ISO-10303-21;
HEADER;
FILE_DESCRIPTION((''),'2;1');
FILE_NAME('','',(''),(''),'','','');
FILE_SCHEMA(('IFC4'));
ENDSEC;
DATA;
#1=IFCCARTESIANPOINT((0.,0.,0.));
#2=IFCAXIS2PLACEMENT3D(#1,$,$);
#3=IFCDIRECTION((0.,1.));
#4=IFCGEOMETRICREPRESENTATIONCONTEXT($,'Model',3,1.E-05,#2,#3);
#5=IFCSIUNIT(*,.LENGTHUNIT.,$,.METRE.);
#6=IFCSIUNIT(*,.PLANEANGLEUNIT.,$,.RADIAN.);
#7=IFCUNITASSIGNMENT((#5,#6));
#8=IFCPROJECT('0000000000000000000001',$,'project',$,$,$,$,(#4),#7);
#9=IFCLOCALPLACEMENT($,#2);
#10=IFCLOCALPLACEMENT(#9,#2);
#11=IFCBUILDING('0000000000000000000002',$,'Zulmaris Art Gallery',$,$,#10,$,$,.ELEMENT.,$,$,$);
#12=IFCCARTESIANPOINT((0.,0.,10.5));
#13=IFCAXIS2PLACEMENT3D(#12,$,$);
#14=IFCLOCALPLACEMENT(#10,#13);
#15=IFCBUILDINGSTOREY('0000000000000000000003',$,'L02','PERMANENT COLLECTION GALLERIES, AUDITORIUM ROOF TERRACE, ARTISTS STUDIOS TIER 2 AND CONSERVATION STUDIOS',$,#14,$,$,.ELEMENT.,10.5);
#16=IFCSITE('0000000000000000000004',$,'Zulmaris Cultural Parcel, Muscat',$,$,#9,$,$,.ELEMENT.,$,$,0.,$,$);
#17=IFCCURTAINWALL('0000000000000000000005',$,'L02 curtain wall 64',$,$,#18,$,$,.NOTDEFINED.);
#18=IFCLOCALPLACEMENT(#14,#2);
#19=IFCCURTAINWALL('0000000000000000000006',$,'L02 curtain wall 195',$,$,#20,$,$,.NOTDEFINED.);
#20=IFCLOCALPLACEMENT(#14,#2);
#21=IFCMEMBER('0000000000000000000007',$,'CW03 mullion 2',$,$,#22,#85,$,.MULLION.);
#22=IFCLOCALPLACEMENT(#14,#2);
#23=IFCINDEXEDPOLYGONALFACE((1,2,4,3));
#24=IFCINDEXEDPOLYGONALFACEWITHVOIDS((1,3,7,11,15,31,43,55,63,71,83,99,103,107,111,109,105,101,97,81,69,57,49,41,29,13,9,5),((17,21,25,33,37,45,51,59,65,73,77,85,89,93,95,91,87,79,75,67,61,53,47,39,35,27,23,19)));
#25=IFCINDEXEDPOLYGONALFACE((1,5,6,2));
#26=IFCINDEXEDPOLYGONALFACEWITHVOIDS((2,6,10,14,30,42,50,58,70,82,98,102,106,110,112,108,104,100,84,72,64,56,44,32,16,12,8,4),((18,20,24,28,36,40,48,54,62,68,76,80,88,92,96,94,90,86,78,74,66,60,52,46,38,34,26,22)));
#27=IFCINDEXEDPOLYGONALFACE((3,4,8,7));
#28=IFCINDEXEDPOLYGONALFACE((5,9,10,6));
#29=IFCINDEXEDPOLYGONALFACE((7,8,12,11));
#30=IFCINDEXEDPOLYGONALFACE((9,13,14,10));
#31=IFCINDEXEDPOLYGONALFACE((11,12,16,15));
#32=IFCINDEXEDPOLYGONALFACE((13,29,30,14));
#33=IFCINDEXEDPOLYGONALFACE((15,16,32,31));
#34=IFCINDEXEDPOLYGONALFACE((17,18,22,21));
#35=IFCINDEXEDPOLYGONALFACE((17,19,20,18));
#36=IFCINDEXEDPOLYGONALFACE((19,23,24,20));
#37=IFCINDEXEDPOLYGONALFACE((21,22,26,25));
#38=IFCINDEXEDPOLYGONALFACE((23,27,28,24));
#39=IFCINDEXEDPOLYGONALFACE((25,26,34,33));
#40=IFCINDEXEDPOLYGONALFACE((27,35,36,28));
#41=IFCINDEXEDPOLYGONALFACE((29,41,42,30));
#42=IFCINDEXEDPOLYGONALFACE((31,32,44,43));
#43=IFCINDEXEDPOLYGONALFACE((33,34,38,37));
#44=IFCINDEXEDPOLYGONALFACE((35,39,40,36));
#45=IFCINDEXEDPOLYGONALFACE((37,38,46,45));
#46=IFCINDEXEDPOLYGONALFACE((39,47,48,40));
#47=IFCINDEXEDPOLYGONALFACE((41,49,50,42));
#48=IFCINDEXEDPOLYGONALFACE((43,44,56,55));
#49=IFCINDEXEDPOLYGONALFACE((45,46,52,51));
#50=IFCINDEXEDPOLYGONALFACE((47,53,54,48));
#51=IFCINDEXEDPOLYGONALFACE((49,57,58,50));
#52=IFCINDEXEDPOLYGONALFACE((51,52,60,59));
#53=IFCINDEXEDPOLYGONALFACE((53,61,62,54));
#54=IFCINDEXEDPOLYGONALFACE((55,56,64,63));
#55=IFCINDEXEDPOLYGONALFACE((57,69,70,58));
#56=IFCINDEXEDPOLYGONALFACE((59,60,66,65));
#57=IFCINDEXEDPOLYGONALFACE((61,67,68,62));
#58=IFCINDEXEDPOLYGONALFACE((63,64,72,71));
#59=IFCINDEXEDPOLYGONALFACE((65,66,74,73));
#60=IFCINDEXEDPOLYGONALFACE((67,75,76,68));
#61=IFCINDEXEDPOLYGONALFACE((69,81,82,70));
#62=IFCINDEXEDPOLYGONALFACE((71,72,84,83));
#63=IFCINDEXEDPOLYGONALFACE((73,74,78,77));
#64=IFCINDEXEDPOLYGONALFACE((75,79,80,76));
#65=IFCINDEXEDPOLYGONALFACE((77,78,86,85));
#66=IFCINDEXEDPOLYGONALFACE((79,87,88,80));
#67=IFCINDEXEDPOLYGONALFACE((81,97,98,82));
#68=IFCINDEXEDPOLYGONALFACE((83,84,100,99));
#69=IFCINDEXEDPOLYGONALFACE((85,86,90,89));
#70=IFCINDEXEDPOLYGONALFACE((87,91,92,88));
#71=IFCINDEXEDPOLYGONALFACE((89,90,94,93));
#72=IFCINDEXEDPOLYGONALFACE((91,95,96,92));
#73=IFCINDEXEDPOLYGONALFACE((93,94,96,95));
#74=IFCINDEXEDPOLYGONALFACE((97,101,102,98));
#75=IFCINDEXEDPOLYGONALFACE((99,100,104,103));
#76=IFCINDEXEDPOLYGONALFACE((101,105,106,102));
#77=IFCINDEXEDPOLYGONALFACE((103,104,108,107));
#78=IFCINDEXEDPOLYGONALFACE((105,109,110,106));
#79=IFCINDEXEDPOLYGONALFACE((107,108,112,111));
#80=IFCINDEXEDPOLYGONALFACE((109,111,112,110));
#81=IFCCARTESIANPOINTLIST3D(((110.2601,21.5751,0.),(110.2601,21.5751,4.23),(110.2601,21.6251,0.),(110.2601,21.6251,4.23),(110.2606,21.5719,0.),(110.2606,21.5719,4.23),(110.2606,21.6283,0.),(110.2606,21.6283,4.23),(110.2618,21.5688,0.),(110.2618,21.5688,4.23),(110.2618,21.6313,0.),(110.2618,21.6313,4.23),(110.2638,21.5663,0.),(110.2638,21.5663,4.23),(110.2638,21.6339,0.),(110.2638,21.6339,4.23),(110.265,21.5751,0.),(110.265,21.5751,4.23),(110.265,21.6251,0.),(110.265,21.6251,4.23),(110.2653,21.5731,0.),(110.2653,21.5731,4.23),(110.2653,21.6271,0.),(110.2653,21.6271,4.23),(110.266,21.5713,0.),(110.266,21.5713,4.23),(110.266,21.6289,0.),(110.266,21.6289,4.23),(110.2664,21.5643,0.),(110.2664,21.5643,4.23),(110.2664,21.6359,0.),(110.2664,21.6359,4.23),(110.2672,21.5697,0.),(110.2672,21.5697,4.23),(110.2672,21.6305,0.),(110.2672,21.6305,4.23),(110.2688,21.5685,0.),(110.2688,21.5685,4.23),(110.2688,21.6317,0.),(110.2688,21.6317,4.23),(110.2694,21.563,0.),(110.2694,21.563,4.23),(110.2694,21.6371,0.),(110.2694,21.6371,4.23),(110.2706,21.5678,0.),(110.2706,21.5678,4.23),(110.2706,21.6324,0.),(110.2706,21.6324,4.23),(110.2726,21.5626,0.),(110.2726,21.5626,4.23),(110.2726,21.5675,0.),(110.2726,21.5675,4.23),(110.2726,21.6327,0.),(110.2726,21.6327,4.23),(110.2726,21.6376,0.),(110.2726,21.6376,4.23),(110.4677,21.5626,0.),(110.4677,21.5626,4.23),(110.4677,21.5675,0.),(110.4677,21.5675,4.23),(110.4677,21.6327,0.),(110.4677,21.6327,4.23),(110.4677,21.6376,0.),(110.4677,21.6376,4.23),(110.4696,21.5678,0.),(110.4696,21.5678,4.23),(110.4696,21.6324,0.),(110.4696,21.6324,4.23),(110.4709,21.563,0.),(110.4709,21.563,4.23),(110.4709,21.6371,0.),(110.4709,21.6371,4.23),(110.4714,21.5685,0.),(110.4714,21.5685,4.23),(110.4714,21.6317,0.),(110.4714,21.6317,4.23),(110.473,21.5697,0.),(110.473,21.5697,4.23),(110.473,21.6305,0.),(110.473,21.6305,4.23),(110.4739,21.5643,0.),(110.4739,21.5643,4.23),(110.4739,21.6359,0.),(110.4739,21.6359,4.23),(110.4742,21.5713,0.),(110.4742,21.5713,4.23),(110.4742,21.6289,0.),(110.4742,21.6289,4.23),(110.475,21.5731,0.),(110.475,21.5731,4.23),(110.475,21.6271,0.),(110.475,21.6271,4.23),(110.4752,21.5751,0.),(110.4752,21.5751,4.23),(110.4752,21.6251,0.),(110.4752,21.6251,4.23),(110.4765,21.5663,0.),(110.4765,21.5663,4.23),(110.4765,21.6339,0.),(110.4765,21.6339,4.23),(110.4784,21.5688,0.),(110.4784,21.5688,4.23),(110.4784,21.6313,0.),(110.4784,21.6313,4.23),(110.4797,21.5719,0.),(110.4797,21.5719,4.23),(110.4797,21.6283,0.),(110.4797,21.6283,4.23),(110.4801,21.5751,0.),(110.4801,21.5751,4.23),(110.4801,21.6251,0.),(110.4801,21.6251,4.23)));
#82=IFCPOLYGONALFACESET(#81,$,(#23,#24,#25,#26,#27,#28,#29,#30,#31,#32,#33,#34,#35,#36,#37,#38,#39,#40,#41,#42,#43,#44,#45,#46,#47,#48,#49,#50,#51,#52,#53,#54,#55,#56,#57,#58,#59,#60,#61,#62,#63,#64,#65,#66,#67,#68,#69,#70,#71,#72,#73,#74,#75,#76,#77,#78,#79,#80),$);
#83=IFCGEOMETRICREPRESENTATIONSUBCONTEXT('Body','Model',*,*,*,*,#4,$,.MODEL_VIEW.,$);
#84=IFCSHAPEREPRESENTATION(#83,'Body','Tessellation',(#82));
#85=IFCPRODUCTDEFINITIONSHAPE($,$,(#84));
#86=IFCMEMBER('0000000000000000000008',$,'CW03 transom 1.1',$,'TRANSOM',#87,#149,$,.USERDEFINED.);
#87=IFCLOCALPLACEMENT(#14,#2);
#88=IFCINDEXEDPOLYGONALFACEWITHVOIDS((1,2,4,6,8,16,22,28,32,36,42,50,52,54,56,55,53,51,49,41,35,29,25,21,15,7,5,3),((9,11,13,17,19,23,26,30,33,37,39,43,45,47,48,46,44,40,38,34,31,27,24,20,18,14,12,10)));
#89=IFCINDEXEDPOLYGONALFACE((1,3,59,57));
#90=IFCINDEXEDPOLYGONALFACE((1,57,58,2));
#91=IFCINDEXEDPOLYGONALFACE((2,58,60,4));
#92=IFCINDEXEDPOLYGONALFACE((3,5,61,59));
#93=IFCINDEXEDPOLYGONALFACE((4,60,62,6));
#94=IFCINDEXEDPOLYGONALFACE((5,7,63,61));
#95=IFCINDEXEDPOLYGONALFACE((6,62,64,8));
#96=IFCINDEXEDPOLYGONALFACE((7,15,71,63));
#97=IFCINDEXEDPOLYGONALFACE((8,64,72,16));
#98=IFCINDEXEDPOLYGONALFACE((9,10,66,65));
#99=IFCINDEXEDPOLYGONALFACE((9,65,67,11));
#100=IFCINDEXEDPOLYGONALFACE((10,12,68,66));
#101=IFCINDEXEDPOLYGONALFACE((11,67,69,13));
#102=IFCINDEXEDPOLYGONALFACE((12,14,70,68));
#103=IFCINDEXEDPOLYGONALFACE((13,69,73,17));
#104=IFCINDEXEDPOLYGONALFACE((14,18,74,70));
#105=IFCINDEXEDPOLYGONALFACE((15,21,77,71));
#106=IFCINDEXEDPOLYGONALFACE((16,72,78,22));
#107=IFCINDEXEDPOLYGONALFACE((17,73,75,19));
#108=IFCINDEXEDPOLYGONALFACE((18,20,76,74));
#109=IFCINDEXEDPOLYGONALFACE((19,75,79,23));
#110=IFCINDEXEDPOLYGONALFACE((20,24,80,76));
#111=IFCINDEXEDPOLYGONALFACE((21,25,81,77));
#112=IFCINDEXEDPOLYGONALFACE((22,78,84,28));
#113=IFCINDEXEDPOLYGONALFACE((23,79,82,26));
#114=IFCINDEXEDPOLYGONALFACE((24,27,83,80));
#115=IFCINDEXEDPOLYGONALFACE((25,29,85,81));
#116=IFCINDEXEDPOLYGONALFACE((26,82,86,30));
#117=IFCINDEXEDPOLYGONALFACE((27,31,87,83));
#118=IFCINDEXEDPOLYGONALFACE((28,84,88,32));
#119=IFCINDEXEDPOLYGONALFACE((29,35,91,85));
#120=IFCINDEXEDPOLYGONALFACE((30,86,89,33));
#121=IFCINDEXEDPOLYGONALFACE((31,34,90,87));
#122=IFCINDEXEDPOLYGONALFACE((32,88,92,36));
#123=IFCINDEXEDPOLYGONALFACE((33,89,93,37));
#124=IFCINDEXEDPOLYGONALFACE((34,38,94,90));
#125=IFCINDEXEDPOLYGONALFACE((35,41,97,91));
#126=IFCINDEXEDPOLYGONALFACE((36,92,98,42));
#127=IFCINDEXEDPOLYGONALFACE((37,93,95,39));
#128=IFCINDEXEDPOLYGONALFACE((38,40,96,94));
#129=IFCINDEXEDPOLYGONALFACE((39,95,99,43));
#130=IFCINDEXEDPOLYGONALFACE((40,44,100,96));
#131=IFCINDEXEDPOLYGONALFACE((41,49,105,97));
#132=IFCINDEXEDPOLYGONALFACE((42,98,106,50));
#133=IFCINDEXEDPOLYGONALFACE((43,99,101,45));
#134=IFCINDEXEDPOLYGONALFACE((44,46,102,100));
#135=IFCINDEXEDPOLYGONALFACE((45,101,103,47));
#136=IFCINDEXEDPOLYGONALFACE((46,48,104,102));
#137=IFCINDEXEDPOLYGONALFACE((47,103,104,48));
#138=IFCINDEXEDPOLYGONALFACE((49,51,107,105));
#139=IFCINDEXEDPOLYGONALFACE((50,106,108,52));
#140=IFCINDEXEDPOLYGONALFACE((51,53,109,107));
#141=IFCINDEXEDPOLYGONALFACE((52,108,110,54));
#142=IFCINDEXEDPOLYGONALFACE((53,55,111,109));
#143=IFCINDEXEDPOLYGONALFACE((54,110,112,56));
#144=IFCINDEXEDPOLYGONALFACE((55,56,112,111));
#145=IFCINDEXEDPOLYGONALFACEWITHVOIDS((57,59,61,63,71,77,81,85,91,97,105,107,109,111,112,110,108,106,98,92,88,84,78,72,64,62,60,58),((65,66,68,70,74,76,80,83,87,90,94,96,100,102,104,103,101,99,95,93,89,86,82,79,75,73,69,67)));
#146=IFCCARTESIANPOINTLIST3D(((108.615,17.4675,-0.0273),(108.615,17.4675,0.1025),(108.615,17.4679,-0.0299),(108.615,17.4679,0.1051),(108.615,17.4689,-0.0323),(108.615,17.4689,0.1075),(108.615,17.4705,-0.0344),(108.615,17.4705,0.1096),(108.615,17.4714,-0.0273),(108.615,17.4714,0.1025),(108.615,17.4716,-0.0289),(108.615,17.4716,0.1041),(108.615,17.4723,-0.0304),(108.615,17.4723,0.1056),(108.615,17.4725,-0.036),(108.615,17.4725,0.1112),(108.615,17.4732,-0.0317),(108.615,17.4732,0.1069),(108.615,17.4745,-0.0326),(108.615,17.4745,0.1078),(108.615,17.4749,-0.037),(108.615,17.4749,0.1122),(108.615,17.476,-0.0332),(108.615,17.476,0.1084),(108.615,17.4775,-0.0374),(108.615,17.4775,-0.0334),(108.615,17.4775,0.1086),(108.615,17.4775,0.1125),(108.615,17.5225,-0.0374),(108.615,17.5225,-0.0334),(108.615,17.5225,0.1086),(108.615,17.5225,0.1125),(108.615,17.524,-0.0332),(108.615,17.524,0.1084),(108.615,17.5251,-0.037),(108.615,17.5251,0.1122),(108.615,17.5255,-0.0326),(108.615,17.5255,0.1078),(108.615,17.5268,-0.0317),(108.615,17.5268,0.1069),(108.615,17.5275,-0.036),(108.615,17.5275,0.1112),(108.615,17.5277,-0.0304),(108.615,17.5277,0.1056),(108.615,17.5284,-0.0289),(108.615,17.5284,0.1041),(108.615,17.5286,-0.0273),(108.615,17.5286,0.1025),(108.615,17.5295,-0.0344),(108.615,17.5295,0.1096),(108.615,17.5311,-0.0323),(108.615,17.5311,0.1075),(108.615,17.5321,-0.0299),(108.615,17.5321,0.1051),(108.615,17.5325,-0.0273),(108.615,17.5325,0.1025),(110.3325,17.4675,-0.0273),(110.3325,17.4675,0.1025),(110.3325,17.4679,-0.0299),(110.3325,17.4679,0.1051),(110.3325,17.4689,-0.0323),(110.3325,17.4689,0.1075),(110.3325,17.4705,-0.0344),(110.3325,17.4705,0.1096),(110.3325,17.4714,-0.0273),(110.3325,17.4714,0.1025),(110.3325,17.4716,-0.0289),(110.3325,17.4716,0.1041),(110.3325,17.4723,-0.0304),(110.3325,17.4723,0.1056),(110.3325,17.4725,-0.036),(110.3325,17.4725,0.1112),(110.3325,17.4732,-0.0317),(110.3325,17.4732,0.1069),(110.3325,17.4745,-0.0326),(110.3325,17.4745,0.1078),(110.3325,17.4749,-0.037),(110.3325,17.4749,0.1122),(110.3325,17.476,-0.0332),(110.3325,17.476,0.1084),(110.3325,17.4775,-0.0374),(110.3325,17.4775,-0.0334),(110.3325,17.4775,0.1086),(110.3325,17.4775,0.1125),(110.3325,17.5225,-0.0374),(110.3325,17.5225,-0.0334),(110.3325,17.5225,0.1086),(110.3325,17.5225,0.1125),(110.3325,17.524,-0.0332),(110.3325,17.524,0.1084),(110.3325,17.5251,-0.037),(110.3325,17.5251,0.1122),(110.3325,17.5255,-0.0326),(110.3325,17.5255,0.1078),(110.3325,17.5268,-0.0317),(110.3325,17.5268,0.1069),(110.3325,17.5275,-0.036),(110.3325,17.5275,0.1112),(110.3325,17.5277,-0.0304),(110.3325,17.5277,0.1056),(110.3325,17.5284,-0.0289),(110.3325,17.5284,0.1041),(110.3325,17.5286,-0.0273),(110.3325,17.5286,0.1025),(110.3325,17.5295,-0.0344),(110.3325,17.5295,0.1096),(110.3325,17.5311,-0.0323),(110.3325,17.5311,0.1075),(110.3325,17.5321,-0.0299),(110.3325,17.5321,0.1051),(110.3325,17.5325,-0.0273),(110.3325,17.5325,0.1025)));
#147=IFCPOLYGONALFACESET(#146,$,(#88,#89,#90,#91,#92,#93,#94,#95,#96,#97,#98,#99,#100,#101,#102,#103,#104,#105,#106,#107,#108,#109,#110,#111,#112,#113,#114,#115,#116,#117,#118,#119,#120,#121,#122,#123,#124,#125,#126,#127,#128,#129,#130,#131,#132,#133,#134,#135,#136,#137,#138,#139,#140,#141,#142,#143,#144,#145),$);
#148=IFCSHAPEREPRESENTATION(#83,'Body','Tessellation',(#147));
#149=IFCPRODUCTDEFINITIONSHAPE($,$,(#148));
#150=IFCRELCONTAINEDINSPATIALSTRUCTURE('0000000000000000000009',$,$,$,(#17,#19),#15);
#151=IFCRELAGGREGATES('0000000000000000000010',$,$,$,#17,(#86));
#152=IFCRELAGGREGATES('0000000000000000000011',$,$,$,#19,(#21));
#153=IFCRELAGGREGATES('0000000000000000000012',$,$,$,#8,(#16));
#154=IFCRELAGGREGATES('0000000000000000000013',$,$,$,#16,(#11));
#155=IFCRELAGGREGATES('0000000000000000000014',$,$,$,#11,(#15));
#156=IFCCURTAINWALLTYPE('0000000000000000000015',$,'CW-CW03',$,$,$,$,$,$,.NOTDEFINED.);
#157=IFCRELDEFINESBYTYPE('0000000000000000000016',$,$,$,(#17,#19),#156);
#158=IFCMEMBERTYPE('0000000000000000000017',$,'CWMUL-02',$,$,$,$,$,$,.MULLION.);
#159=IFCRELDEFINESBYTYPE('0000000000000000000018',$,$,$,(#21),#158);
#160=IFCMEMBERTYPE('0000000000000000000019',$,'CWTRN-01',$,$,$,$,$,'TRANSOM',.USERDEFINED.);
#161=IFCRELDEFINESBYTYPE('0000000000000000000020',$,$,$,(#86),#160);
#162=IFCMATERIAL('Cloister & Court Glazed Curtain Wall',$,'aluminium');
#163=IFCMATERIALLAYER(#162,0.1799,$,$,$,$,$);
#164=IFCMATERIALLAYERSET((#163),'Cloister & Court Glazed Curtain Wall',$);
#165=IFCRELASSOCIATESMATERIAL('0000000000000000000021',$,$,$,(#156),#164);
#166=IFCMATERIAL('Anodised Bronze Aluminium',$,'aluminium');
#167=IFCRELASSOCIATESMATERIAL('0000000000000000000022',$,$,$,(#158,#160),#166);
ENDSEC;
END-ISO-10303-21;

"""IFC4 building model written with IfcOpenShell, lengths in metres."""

from ifc_helpers import new_model, si_unit, direction, frame, origin, origin_2d, place, context, subcontext, project, spatial, hollow_rectangle, extrude, material, layer, layer_set, material_profile, profile_set, type_object, element, aggregate, save


model = new_model("IFC4")

# Units and contexts
model_context = context("Model", 3, precision=1e-05, world=origin(), true_north=direction((0.0, 1.0)))
body_context = subcontext(model_context, "Body", "Model", "MODEL_VIEW")
ifc_project = project(units=[si_unit("LENGTHUNIT", "METRE"), si_unit("PLANEANGLEUNIT", "RADIAN")], contexts=[model_context])

# Site, building, storey
site_placement = place(None, origin())
site = spatial("IfcSite", under=ifc_project, at=site_placement, Name="Zulmaris Cultural Parcel, Muscat", CompositionType="ELEMENT", RefElevation=0.0)
building_placement = place(site_placement, origin())
building = spatial("IfcBuilding", under=site, at=building_placement, Name="Zulmaris Art Gallery", CompositionType="ELEMENT")
storey_placement = place(building_placement, frame((0.0, 0.0, 10.5)))
storey = spatial("IfcBuildingStorey", under=building, at=storey_placement, Name="L02", Description="PERMANENT COLLECTION GALLERIES, AUDITORIUM ROOF TERRACE, ARTISTS STUDIOS TIER 2 AND CONSERVATION STUDIOS", CompositionType="ELEMENT", Elevation=10.5)

# Shared definitions
ifc_material_1 = material(Name="Cloister & Court Glazed Curtain Wall", Category="aluminium")
ifc_layer_1 = layer(ifc_material_1, 0.1799)
ifc_layer_set_1 = layer_set([ifc_layer_1], Name="Cloister & Court Glazed Curtain Wall")
curtain_wall_type = type_object("IfcCurtainWallType", Name="CW-CW03", PredefinedType="NOTDEFINED", material=ifc_layer_set_1)
ifc_material_2 = material(Name="Anodised Bronze Aluminium", Category="aluminium")
ifc_material_profile_1 = material_profile(ifc_material_2, hollow_rectangle(XDim=0.075, YDim=0.22, WallThickness=0.0049, InnerFilletRadius=0.0076, OuterFilletRadius=0.0125, at=origin_2d()), Name="ALU 75x220x5")
ifc_profile_set_1 = profile_set([ifc_material_profile_1], Name="Anodised Bronze Aluminium")
member_type_1 = type_object("IfcMemberType", Name="CWMUL-02", PredefinedType="MULLION", material=ifc_profile_set_1)

# Curtain wall
curtain_wall_1_placement = place(storey_placement, origin())
curtain_wall_1 = element("IfcCurtainWall", 1, at=curtain_wall_1_placement, inside=storey, type_object=curtain_wall_type, Name="L02 curtain wall 64", PredefinedType="NOTDEFINED")

# Curtain wall, member
curtain_wall_2_placement = place(storey_placement, origin())
curtain_wall_2 = element("IfcCurtainWall", 2, at=curtain_wall_2_placement, inside=storey, type_object=curtain_wall_type, Name="L02 curtain wall 195", PredefinedType="NOTDEFINED")
member_1_placement = place(storey_placement, frame((110.3701, 21.6001, 0.0), z_axis=(0.0, 0.0, 1.0), x_axis=(0.0, 1.0, 0.0)))
member_1 = element("IfcMember", 3, at=member_1_placement, type_object=member_type_1, Name="CW03 mullion 2", PredefinedType="MULLION", context=body_context, shape_type="SweptSolid", body=[
    extrude(hollow_rectangle(XDim=0.075, YDim=0.22, WallThickness=0.0049, InnerFilletRadius=0.0076, OuterFilletRadius=0.0125, at=origin_2d()), origin(), (0.0, 0.0, 1.0), 4.23),
])

# Member
ifc_material_profile_2 = material_profile(ifc_material_2, hollow_rectangle(XDim=0.0649, YDim=0.1499, WallThickness=0.0039, InnerFilletRadius=0.0061, OuterFilletRadius=0.01, at=origin_2d()), Name="ALU 65x150x4")
ifc_profile_set_2 = profile_set([ifc_material_profile_2], Name="Anodised Bronze Aluminium")
member_type_2 = type_object("IfcMemberType", Name="CWTRN-01", ElementType="TRANSOM", PredefinedType="USERDEFINED", material=ifc_profile_set_2)
member_2_placement = place(storey_placement, frame((108.615, 17.5, 0.0376), z_axis=(1.0, 0.0, 0.0), x_axis=(0.0, 1.0, 0.0)))
member_2 = element("IfcMember", 4, at=member_2_placement, type_object=member_type_2, Name="CW03 transom 1.1", ObjectType="TRANSOM", PredefinedType="USERDEFINED", context=body_context, shape_type="SweptSolid", body=[
    extrude(hollow_rectangle(XDim=0.0649, YDim=0.1499, WallThickness=0.0039, InnerFilletRadius=0.0061, OuterFilletRadius=0.01, at=origin_2d()), origin(), (0.0, 0.0, 1.0), 1.7175),
])

aggregate(curtain_wall_1, [member_2])
aggregate(curtain_wall_2, [member_1])

save(model, "model.ifc")
